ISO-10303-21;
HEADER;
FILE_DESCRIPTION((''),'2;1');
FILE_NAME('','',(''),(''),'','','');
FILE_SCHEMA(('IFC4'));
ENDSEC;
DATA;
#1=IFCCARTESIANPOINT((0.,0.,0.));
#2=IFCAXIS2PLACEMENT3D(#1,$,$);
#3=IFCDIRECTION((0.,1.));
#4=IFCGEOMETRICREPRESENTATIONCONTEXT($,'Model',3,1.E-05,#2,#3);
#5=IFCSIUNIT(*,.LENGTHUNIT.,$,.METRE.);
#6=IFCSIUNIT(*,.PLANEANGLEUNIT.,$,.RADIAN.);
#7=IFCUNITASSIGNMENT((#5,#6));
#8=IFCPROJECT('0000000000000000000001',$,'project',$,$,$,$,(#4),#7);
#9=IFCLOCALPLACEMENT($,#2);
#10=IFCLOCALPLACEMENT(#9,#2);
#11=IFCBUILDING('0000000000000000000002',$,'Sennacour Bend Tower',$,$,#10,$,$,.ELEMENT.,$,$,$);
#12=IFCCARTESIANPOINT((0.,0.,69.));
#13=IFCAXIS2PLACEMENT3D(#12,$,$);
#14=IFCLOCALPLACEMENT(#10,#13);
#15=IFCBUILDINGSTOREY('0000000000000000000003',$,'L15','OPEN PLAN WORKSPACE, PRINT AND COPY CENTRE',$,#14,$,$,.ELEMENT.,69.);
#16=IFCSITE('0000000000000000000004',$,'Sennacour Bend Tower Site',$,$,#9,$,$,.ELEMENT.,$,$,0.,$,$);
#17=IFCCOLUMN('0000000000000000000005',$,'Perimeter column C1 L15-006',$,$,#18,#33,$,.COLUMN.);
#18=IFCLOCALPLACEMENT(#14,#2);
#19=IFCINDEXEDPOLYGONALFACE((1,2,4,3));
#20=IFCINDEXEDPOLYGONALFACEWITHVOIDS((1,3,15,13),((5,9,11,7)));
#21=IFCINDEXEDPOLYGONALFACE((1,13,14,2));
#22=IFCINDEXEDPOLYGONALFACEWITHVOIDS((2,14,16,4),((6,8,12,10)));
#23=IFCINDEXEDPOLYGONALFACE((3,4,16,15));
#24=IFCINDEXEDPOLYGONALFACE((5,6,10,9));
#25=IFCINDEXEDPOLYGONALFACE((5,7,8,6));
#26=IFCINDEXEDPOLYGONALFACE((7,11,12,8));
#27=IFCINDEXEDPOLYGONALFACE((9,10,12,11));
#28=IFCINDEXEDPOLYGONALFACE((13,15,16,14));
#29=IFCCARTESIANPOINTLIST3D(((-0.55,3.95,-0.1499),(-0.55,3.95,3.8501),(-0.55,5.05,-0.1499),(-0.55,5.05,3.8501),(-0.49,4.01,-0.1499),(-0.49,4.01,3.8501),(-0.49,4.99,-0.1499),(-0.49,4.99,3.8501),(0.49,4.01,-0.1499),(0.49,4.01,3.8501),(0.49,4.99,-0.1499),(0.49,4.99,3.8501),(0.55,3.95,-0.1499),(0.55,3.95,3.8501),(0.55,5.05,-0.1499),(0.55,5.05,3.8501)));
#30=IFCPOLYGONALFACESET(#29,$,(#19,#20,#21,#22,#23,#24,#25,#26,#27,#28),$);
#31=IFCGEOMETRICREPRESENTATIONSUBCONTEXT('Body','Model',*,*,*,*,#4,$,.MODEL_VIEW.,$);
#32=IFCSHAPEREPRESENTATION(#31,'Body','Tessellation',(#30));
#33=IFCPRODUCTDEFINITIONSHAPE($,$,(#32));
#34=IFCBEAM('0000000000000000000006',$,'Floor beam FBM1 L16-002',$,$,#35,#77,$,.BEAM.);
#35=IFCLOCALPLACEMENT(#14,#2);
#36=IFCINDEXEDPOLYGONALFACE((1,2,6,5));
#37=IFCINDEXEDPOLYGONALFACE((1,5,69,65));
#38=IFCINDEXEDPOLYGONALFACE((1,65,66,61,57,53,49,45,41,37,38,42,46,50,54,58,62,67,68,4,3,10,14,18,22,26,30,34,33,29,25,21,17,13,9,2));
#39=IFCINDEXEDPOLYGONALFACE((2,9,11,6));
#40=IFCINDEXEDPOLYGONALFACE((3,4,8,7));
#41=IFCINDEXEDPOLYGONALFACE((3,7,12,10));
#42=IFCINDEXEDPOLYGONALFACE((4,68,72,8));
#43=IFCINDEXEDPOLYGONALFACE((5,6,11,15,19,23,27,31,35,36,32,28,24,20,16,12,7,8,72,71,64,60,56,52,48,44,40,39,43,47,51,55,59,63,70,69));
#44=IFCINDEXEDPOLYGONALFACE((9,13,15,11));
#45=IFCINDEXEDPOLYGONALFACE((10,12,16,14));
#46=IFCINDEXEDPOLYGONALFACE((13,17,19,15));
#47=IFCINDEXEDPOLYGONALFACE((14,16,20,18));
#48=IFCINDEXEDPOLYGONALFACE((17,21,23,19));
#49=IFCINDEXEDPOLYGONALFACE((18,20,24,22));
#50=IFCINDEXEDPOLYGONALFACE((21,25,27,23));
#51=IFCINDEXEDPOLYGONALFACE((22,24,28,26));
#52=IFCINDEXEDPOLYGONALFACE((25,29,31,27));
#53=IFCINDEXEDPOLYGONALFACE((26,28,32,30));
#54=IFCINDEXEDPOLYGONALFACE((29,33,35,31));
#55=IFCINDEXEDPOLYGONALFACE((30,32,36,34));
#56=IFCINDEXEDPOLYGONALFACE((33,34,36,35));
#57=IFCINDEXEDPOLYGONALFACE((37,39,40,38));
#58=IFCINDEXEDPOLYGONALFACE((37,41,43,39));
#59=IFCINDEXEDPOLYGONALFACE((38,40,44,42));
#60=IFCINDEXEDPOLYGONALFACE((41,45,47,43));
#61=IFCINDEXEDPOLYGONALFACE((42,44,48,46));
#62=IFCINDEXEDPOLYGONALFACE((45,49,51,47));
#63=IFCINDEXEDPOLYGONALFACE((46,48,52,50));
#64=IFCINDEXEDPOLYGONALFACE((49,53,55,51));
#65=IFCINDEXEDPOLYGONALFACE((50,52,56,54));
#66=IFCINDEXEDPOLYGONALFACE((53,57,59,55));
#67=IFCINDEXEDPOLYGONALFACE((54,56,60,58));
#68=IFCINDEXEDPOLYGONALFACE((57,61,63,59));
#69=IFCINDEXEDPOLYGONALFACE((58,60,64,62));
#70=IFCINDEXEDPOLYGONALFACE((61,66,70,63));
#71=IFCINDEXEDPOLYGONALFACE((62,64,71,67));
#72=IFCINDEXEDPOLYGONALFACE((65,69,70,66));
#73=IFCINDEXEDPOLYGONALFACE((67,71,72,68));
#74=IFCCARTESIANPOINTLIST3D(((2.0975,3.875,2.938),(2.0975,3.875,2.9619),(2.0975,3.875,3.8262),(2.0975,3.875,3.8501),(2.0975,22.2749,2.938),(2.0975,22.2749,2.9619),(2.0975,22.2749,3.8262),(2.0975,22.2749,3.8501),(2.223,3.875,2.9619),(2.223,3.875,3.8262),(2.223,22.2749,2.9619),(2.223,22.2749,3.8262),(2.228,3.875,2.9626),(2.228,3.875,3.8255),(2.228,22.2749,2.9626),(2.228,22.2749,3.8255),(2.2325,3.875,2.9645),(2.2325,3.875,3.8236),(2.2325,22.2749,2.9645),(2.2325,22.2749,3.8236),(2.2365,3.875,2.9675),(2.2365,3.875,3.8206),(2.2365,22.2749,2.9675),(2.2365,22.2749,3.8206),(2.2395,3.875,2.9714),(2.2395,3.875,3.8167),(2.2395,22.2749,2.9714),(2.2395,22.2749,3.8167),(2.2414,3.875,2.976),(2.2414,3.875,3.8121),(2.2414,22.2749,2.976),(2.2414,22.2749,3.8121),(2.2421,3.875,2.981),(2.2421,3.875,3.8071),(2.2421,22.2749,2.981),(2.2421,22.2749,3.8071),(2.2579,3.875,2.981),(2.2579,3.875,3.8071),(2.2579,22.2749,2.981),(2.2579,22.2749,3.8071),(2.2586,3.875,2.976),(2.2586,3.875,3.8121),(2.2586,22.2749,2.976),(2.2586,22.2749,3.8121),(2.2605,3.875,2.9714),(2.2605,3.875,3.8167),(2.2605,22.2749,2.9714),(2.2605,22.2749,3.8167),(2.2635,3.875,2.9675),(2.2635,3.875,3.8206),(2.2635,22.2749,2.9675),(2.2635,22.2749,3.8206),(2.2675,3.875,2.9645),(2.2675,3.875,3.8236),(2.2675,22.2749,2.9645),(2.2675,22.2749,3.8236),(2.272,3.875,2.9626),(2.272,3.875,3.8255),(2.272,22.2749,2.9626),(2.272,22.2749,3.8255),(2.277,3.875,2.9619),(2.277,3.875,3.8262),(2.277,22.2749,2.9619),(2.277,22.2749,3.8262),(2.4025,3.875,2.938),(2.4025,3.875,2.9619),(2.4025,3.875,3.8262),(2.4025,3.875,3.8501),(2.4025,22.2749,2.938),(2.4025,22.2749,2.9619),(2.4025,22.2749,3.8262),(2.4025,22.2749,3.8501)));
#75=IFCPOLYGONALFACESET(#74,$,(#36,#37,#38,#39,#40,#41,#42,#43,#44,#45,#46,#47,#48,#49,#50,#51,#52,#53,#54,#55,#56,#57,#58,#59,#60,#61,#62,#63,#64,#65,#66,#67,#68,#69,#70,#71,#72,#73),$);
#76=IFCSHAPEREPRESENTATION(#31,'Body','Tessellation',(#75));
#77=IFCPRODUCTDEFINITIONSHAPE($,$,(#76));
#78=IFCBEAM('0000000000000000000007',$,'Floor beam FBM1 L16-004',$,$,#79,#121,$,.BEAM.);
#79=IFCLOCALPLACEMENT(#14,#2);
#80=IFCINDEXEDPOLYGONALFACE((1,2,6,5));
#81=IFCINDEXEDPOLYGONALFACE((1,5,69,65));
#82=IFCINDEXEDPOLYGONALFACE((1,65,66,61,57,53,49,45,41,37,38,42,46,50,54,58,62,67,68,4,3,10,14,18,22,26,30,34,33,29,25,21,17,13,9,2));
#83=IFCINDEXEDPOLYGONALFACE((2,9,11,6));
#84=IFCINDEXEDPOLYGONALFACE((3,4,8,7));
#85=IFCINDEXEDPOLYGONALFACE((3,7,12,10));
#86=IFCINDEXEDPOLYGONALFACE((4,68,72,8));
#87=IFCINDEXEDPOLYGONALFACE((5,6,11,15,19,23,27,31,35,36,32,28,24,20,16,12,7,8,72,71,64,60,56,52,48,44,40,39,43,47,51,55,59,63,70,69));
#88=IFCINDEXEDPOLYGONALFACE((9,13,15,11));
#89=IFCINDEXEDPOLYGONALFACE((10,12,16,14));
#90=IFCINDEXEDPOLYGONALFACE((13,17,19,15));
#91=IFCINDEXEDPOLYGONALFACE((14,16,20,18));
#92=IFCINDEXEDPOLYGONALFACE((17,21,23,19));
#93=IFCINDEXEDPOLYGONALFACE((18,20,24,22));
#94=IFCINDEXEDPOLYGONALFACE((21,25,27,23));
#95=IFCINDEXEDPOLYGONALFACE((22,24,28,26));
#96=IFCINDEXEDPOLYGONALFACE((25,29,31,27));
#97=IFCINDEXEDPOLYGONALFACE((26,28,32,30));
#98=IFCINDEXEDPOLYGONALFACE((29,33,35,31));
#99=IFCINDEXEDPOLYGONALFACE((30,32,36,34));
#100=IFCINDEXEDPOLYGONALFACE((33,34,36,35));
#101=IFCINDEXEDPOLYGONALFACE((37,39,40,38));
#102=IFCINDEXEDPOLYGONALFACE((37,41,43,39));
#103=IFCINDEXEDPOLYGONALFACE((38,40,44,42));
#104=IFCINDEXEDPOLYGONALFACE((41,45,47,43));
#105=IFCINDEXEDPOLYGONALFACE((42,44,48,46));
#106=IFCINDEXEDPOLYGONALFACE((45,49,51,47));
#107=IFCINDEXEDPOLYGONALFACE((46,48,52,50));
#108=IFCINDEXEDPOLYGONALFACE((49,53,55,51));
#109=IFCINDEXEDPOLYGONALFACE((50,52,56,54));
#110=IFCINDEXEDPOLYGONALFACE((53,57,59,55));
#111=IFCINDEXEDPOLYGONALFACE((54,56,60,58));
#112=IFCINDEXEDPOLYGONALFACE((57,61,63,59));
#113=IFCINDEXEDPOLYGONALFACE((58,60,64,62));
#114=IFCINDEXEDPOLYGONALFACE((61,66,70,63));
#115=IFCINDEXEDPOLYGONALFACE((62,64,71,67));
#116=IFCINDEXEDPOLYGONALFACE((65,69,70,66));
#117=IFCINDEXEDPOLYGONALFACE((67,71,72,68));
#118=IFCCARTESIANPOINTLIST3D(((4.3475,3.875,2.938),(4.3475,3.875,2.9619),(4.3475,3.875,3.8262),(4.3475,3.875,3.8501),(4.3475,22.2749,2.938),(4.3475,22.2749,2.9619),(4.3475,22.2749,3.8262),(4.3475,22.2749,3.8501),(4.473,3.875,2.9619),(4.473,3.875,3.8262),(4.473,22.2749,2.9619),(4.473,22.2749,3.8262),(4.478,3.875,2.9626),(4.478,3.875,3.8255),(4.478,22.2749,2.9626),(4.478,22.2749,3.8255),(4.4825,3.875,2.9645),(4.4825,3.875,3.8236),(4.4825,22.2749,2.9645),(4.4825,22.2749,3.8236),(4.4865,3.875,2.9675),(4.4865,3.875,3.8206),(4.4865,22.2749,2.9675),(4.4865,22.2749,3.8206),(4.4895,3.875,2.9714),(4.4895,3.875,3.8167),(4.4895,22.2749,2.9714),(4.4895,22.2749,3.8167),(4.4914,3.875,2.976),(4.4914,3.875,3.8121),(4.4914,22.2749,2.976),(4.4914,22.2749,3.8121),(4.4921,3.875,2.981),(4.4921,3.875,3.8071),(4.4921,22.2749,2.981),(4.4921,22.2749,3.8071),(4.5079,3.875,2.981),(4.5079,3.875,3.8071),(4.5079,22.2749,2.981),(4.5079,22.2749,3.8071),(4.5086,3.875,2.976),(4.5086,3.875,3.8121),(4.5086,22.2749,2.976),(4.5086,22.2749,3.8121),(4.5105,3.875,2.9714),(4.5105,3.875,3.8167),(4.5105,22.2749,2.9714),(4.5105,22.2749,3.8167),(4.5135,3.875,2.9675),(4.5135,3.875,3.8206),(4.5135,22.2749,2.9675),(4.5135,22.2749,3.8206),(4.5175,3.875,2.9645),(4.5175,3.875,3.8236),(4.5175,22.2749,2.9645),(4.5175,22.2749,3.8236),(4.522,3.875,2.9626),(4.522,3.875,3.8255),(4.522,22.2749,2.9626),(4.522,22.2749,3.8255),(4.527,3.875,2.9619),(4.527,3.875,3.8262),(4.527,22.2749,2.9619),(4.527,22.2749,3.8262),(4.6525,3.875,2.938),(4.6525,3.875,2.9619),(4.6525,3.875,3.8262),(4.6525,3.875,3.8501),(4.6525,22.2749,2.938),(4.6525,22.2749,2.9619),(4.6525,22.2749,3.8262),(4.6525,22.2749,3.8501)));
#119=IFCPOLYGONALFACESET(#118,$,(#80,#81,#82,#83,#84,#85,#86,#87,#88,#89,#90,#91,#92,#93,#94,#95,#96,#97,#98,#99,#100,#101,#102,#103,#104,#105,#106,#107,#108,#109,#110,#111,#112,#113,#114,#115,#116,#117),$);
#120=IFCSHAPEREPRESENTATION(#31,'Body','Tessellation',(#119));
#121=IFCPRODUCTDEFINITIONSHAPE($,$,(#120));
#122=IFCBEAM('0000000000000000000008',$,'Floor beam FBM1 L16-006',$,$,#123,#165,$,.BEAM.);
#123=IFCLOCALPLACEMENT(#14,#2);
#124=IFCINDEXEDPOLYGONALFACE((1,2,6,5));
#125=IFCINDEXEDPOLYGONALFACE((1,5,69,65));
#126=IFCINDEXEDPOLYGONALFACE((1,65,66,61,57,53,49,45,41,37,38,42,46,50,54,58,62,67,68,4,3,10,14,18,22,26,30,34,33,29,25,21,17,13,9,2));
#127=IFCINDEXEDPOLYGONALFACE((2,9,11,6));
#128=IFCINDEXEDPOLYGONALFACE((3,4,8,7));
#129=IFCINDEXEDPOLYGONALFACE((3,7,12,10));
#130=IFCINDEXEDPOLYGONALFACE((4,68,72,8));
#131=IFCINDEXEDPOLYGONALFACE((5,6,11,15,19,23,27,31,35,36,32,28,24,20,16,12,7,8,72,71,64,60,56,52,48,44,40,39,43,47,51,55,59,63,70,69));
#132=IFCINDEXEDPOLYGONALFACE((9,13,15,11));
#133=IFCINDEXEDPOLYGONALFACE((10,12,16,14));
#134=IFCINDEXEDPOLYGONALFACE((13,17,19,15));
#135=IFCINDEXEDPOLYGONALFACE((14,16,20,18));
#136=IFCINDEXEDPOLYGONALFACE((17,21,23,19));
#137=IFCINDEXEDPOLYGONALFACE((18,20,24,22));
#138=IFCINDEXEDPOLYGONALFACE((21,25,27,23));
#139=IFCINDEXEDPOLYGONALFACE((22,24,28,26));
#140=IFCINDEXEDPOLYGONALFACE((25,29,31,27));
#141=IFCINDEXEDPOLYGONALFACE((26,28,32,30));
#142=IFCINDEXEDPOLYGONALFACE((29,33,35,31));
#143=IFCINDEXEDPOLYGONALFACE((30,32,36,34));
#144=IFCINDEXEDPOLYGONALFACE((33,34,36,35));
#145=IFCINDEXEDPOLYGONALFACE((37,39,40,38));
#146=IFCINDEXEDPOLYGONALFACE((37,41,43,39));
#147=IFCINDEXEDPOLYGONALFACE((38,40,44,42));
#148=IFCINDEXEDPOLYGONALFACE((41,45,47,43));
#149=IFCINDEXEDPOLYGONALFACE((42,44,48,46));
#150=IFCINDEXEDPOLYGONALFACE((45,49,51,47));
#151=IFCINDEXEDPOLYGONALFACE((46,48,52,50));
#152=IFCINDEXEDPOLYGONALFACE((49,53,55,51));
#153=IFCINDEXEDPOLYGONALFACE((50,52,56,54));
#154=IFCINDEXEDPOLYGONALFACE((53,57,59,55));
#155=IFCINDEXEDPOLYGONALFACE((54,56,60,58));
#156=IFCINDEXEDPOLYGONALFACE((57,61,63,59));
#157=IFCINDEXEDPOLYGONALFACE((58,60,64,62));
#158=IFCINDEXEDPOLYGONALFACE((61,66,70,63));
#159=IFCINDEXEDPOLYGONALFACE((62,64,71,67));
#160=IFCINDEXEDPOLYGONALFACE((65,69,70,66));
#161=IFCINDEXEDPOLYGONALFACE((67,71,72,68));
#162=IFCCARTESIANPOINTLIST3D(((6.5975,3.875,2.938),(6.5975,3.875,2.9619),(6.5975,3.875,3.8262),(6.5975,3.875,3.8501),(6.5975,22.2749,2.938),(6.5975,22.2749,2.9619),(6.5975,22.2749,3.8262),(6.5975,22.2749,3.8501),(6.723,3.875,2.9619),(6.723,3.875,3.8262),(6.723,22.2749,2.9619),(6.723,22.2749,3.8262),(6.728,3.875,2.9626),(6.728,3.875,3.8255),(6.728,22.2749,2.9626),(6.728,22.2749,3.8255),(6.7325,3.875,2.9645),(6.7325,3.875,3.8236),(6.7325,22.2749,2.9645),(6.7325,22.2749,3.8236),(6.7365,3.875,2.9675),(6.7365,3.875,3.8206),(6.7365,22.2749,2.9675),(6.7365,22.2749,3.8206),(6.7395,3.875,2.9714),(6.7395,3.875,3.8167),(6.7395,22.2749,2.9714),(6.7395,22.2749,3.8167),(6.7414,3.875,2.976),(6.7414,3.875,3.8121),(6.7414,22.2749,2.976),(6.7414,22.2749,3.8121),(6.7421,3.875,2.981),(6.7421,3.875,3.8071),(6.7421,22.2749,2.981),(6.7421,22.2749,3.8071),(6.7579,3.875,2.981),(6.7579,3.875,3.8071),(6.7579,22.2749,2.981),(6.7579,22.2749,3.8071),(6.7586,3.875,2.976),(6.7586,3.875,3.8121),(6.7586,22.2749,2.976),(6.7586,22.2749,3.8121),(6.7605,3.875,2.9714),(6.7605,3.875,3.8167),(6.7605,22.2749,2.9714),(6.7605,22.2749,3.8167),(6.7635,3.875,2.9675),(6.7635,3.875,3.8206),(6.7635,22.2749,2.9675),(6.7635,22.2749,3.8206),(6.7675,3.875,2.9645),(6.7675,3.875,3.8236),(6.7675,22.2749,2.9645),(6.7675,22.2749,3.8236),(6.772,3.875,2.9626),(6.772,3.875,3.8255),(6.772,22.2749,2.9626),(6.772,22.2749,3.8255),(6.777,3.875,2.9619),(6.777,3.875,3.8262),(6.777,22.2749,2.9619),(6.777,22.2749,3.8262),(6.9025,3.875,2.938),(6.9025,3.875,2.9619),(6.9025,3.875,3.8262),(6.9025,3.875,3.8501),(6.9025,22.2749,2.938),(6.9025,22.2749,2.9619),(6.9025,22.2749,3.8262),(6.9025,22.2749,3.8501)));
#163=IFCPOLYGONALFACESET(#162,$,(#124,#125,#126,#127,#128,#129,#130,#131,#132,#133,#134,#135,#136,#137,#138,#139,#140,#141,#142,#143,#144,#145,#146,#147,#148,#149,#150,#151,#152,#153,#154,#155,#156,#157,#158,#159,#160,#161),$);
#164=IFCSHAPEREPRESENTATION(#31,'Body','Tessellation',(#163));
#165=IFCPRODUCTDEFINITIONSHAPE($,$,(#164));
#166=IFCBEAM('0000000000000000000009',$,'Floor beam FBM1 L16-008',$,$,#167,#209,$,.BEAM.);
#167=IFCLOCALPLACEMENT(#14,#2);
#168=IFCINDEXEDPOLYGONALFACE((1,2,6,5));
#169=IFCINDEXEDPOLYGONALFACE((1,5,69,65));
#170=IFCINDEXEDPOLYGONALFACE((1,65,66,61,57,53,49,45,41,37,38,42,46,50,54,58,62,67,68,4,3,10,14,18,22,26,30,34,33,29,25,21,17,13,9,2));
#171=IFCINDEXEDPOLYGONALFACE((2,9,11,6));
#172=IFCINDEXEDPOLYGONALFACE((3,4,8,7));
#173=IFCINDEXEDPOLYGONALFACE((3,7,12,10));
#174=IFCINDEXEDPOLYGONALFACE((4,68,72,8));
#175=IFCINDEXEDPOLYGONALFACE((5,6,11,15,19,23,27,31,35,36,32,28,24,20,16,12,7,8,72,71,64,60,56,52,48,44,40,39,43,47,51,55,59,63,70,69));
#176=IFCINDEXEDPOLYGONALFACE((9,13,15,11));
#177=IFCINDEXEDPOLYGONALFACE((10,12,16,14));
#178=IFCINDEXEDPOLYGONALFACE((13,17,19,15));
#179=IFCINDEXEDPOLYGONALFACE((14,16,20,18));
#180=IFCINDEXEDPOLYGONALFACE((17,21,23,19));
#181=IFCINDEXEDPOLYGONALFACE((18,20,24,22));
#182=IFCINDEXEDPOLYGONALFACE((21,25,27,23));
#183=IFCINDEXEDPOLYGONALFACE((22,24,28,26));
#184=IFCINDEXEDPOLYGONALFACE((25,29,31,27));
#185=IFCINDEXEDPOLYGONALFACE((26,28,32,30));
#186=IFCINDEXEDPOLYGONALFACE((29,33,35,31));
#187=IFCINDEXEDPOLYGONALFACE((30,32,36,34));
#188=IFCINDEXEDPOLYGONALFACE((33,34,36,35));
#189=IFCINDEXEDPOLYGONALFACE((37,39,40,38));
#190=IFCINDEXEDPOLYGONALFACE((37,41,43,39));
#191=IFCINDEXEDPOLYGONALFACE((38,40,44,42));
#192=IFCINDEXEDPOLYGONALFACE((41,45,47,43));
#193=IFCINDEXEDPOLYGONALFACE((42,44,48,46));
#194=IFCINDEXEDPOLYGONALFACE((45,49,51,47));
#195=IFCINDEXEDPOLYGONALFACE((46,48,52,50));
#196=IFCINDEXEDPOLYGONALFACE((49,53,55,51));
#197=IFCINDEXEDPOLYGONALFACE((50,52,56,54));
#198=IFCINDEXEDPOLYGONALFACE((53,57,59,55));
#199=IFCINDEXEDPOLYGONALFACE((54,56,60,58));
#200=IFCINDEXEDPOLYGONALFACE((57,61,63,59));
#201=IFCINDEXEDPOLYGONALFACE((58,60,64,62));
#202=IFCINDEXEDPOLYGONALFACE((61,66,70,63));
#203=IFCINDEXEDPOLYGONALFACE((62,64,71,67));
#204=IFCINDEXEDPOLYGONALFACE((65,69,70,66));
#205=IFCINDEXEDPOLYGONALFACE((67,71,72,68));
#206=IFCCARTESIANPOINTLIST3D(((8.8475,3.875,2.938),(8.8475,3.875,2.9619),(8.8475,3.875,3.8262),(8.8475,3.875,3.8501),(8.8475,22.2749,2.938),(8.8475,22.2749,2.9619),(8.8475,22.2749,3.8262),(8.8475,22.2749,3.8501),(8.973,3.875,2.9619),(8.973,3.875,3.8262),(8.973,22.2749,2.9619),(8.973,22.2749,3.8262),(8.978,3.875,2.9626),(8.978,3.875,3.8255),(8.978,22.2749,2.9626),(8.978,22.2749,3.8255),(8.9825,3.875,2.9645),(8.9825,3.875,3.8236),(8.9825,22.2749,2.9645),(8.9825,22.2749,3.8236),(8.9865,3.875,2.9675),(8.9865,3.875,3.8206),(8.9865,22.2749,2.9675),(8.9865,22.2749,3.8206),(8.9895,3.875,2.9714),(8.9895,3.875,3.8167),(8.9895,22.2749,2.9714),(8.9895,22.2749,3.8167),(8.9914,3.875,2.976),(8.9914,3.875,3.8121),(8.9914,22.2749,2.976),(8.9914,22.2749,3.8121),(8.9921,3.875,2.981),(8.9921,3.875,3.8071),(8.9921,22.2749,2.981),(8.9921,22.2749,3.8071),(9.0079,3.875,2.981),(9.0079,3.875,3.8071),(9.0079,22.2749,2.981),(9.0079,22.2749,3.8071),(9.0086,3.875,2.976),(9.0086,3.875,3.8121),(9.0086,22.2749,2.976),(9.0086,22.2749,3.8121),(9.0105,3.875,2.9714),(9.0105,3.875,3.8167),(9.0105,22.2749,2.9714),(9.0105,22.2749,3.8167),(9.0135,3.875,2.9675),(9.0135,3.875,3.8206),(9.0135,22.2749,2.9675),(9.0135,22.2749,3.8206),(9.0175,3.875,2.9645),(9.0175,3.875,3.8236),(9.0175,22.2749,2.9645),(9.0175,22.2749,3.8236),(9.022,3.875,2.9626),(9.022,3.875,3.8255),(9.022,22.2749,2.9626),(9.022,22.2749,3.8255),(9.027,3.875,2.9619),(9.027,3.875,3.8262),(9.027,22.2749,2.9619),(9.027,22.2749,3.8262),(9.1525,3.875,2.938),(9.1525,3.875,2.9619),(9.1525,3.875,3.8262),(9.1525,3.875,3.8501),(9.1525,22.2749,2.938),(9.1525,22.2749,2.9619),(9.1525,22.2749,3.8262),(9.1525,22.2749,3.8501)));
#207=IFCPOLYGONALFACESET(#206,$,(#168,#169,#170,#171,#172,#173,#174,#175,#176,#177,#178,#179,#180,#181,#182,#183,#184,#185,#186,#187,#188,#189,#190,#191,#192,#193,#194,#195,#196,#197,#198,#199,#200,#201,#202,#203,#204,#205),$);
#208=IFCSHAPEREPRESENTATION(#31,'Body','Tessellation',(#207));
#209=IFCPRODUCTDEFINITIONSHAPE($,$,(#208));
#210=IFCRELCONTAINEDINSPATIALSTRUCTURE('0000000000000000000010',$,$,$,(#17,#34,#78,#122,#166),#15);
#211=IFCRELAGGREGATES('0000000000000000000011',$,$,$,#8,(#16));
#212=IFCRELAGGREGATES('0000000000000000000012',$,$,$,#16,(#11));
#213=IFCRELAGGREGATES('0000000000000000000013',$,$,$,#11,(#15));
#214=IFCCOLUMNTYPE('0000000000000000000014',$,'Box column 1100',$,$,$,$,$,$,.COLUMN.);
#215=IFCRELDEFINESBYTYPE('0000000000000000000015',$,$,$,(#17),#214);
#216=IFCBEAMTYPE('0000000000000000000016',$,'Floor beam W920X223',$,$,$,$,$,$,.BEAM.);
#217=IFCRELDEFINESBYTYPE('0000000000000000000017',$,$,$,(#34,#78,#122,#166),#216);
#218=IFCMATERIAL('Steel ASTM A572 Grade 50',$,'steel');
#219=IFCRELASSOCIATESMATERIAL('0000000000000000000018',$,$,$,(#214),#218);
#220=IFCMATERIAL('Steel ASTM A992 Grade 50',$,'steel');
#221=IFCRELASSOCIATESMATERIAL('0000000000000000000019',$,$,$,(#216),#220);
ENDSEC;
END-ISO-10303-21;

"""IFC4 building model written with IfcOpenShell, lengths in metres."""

from ifc_helpers import new_model, si_unit, direction, frame, origin, origin_2d, place, context, subcontext, project, spatial, hollow_rectangle, i_section, extrude, material, material_profile, profile_set, type_object, element, save


model = new_model("IFC4")

# Units and contexts
model_context = context("Model", 3, precision=1e-05, world=origin(), true_north=direction((0.0, 1.0)))
body_context = subcontext(model_context, "Body", "Model", "MODEL_VIEW")
ifc_project = project(units=[si_unit("LENGTHUNIT", "METRE"), si_unit("PLANEANGLEUNIT", "RADIAN")], contexts=[model_context])

# Site, building, storey
site_placement = place(None, origin())
site = spatial("IfcSite", under=ifc_project, at=site_placement, Name="Sennacour Bend Tower Site", CompositionType="ELEMENT", RefElevation=0.0)
building_placement = place(site_placement, origin())
building = spatial("IfcBuilding", under=site, at=building_placement, Name="Sennacour Bend Tower", CompositionType="ELEMENT")
storey_placement = place(building_placement, frame((0.0, 0.0, 69.0)))
storey = spatial("IfcBuildingStorey", under=building, at=storey_placement, Name="L15", Description="OPEN PLAN WORKSPACE, PRINT AND COPY CENTRE", CompositionType="ELEMENT", Elevation=69.0)

# Column
ifc_material_1 = material(Name="Steel ASTM A572 Grade 50", Category="steel")
ifc_material_profile_1 = material_profile(ifc_material_1, hollow_rectangle(XDim=1.1001, YDim=1.1001, WallThickness=0.0601, at=origin_2d()), Name="Steel ASTM A572 Grade 50", Category="steel")
ifc_profile_set_1 = profile_set([ifc_material_profile_1], Name="Steel ASTM A572 Grade 50")
column_type = type_object("IfcColumnType", Name="Box column 1100", PredefinedType="COLUMN", material=ifc_profile_set_1)
column_placement = place(storey_placement, frame((0.0, 4.5, -0.1499), z_axis=(0.0, 0.0, 1.0), x_axis=(1.0, 0.0, 0.0)))
element("IfcColumn", 1, at=column_placement, inside=storey, type_object=column_type, Name="Perimeter column C1 L15-006", PredefinedType="COLUMN", context=body_context, shape_type="SweptSolid", body=[
    extrude(hollow_rectangle(XDim=1.1001, YDim=1.1001, WallThickness=0.0601, at=origin_2d()), origin(), (0.0, 0.0, 1.0), 4.0),
])

# Beams
ifc_material_2 = material(Name="Steel ASTM A992 Grade 50", Category="steel")
ifc_material_profile_2 = material_profile(ifc_material_2, i_section(OverallWidth=0.3049, OverallDepth=0.9121, WebThickness=0.0159, FlangeThickness=0.0239, FilletRadius=0.019, at=origin_2d()), Name="Steel ASTM A992 Grade 50", Category="steel")
ifc_profile_set_2 = profile_set([ifc_material_profile_2], Name="Steel ASTM A992 Grade 50")
beam_type_1 = type_object("IfcBeamType", Name="Floor beam W920X223", PredefinedType="BEAM", material=ifc_profile_set_2)
for number, where, z_axis, x_axis, name in (
    (2, (2.25, 3.875, 3.394), (0.0, 1.0, 0.0), (-1.0, 0.0, 0.0), "Floor beam FBM1 L16-002"),
    (3, (4.5, 3.875, 3.394), (0.0, 1.0, 0.0), (-1.0, 0.0, 0.0), "Floor beam FBM1 L16-004"),
    (4, (6.75, 3.875, 3.394), (0.0, 1.0, 0.0), (-1.0, 0.0, 0.0), "Floor beam FBM1 L16-006"),
    (5, (9.0, 3.875, 3.394), (0.0, 1.0, 0.0), (-1.0, 0.0, 0.0), "Floor beam FBM1 L16-008"),
):
    element("IfcBeam", number, at=place(storey_placement, frame(where, z_axis=z_axis, x_axis=x_axis)), inside=storey, type_object=beam_type_1, Name=name, PredefinedType="BEAM", context=body_context, shape_type="SweptSolid", body=[
        extrude(i_section(OverallWidth=0.3049, OverallDepth=0.9121, WebThickness=0.0159, FlangeThickness=0.0239, FilletRadius=0.019, at=origin_2d()), origin(), (0.0, 0.0, 1.0), 18.3999),
    ])

save(model, "model.ifc")
